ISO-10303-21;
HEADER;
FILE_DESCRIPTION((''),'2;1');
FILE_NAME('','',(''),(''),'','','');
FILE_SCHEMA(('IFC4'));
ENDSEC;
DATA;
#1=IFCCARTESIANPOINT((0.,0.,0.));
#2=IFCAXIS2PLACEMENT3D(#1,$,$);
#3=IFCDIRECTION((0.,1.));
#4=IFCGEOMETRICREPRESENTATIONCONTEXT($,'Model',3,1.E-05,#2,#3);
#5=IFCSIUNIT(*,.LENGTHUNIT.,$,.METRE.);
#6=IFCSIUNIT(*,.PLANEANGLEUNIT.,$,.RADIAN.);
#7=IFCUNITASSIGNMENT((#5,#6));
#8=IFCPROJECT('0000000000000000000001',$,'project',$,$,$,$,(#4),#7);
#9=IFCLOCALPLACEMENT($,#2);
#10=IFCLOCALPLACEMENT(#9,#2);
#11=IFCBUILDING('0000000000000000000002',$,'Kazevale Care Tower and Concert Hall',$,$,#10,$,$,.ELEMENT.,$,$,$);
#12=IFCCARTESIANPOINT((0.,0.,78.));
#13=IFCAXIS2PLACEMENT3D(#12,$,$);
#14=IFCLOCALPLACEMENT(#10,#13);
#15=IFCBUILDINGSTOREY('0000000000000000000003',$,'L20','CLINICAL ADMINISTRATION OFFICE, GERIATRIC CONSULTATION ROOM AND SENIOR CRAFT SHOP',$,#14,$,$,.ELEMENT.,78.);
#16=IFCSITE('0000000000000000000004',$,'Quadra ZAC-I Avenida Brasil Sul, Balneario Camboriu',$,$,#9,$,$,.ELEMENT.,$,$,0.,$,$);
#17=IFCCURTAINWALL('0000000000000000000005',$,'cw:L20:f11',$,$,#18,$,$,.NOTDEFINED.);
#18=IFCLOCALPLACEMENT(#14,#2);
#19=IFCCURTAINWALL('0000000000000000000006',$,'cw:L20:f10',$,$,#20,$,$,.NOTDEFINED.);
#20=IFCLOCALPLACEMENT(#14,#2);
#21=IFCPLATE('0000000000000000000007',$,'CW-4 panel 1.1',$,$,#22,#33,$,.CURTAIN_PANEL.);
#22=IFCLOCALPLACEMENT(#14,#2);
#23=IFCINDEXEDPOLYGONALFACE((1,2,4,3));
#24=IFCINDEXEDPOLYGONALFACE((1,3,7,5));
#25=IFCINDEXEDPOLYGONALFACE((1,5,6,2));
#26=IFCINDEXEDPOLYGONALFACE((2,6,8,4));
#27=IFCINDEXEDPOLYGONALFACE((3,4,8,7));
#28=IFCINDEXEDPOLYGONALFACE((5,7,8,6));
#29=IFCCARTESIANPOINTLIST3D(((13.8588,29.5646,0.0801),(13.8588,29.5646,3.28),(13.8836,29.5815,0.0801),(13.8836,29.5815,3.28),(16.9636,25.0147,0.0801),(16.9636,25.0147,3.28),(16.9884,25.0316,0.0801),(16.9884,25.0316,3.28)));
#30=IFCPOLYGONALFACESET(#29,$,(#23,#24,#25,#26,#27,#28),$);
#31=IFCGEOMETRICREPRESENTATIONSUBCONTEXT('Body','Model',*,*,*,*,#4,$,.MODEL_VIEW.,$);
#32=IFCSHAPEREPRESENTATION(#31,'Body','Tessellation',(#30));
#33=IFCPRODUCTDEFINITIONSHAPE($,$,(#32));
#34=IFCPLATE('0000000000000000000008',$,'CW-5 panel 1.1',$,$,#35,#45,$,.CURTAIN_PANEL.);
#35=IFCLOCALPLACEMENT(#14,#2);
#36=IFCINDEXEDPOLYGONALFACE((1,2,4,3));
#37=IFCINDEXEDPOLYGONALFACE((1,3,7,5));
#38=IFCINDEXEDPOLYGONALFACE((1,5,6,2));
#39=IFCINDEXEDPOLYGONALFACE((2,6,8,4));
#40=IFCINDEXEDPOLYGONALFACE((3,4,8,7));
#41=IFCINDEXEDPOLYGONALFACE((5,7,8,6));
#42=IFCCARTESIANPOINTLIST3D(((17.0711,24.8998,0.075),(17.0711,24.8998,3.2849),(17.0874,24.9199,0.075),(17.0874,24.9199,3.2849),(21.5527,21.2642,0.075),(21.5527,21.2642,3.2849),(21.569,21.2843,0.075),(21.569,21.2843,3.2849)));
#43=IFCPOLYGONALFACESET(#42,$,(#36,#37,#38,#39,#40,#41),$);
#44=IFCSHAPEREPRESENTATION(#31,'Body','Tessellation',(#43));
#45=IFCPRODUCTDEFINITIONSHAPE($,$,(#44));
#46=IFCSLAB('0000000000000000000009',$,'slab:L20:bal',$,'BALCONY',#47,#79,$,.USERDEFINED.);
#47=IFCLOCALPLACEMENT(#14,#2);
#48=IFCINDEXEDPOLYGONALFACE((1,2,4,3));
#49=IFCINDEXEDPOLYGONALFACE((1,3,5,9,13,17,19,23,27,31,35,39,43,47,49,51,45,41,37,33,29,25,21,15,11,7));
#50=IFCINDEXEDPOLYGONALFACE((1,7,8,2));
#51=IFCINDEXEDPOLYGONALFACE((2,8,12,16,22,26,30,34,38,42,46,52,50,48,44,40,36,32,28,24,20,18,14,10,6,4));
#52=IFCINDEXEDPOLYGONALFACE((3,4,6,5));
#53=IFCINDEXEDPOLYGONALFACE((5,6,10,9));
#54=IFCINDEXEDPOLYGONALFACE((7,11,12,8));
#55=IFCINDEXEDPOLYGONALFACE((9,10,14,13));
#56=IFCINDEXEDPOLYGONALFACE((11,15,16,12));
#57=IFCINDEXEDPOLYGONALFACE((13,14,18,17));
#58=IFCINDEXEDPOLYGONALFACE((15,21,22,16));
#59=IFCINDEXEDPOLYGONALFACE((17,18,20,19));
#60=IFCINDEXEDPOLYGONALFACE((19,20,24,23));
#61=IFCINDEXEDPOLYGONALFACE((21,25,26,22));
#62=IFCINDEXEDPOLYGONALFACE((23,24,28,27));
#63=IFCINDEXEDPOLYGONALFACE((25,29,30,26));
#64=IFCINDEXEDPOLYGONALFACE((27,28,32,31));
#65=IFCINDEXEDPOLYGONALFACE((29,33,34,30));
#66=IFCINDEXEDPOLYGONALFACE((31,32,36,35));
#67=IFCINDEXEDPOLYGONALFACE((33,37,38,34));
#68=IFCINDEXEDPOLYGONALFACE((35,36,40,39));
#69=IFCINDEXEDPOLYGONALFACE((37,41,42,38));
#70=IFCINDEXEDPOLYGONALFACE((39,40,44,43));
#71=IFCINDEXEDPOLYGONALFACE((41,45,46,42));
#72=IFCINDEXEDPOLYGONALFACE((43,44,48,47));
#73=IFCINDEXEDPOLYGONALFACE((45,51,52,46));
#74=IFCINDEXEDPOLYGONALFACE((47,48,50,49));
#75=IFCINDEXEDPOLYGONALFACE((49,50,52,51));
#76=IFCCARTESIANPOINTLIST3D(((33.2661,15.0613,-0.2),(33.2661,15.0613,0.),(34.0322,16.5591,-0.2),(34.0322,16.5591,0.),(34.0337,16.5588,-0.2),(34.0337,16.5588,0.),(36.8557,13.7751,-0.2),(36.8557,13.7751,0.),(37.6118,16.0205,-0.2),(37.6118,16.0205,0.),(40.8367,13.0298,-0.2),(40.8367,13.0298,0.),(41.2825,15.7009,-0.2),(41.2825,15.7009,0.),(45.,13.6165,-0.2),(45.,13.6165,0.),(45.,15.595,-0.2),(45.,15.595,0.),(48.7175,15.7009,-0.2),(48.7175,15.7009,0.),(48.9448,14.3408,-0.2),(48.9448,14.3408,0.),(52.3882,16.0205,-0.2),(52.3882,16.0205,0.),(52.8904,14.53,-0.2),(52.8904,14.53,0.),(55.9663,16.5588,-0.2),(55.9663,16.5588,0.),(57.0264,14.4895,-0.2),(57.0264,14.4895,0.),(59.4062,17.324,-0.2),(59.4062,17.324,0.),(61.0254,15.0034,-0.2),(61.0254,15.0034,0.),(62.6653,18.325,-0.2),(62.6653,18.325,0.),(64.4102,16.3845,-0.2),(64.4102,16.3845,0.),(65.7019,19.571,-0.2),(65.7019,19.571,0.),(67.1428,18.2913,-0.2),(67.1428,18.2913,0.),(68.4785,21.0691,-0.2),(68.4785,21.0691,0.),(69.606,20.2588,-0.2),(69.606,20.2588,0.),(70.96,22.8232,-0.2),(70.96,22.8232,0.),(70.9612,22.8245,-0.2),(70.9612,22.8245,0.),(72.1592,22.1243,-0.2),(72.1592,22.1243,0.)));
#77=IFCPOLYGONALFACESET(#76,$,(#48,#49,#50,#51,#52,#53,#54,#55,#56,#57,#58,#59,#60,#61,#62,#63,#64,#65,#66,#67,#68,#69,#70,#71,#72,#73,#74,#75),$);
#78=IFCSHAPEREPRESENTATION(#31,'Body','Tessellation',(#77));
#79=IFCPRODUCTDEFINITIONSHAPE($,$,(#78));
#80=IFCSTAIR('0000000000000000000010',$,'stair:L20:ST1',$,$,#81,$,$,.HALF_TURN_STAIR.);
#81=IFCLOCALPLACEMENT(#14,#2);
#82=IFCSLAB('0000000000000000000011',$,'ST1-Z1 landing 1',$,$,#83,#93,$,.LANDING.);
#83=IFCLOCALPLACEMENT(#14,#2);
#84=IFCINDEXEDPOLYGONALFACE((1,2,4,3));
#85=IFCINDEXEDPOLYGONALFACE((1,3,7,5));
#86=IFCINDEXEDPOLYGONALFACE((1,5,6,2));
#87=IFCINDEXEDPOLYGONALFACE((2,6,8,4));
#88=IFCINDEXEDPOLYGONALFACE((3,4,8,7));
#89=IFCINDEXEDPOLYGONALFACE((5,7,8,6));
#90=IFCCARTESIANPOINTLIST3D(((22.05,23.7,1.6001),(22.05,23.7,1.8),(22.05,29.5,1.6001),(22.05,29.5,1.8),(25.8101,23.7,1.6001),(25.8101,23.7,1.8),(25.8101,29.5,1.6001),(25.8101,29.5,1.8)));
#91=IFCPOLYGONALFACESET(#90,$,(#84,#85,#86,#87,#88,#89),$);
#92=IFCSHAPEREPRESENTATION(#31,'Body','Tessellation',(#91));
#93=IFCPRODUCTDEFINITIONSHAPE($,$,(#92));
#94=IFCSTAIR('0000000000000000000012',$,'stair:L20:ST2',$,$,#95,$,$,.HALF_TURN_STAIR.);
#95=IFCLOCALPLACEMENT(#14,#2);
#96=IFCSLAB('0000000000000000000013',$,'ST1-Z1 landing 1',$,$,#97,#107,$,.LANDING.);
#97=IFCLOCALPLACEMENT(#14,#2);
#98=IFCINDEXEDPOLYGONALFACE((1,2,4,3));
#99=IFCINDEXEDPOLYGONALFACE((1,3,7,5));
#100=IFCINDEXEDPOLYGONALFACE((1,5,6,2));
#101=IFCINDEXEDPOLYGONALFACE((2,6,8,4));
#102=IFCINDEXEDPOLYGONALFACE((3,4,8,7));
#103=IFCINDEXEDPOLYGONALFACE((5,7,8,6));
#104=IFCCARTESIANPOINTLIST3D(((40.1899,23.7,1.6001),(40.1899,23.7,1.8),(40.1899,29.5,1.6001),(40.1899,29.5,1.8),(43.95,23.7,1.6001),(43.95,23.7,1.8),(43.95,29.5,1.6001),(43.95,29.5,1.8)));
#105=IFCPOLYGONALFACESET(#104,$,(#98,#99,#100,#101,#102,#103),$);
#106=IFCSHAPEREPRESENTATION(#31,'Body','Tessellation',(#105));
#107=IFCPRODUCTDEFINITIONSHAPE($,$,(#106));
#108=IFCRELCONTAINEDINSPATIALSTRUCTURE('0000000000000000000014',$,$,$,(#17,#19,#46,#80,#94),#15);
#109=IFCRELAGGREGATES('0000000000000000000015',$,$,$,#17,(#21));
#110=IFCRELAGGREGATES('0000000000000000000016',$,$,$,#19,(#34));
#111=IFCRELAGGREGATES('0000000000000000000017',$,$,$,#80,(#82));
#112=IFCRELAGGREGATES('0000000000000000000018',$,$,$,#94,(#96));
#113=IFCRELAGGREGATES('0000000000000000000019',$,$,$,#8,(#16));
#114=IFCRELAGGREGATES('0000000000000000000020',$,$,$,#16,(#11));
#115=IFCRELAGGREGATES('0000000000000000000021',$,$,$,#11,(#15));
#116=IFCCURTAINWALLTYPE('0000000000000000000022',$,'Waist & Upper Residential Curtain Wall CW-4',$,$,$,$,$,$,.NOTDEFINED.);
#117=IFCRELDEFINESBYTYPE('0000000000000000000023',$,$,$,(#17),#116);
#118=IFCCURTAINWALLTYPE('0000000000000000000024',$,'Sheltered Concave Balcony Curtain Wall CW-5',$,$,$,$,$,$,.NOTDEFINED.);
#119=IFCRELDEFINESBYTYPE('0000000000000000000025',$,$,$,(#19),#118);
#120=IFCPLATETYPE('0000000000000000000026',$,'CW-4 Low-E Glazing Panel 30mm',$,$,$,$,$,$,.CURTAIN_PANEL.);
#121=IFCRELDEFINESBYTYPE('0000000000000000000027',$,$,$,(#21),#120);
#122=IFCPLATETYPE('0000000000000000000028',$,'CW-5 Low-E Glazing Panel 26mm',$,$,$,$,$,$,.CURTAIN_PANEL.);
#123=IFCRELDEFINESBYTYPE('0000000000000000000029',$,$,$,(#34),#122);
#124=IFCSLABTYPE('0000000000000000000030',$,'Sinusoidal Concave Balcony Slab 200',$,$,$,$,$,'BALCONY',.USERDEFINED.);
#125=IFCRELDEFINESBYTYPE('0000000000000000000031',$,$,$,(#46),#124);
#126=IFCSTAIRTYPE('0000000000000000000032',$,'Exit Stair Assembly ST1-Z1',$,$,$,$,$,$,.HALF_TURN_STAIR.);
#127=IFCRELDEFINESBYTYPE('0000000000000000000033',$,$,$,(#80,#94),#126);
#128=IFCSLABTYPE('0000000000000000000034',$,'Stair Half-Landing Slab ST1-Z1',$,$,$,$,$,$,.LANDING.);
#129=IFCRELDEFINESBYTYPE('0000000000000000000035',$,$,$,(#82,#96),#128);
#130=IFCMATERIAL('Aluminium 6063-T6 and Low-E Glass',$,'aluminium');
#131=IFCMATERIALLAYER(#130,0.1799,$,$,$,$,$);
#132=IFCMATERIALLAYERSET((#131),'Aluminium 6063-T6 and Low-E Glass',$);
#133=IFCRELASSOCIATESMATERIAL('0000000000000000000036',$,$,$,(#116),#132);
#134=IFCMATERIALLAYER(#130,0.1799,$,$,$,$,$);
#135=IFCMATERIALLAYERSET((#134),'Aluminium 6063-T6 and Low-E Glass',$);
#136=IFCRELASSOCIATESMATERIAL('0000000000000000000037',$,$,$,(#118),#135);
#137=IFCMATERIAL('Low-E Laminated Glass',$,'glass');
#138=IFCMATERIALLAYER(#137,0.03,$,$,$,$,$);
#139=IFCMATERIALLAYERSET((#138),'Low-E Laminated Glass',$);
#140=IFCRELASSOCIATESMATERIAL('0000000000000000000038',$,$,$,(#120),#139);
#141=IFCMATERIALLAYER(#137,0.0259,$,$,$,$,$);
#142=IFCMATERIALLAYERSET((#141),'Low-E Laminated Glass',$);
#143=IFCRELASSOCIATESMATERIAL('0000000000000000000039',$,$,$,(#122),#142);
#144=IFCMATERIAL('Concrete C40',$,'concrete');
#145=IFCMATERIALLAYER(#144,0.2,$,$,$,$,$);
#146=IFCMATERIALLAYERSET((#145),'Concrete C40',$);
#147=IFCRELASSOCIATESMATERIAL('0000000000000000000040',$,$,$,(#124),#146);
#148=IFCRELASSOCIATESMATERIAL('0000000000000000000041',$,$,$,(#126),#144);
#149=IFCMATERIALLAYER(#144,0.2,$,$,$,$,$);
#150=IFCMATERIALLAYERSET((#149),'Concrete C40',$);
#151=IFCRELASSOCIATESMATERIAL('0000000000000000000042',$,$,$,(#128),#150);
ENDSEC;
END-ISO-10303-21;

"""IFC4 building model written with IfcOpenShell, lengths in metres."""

from ifc_helpers import new_model, si_unit, direction, frame, origin, origin_2d, place, context, subcontext, project, spatial, polyline, rectangle, outline, extrude, material, layer, layer_set, type_object, element, aggregate, save


model = new_model("IFC4")

# Units and contexts
model_context = context("Model", 3, precision=1e-05, world=origin(), true_north=direction((0.0, 1.0)))
body_context = subcontext(model_context, "Body", "Model", "MODEL_VIEW")
ifc_project = project(units=[si_unit("LENGTHUNIT", "METRE"), si_unit("PLANEANGLEUNIT", "RADIAN")], contexts=[model_context])

# Site, building, storey
site_placement = place(None, origin())
site = spatial("IfcSite", under=ifc_project, at=site_placement, Name="Quadra ZAC-I Avenida Brasil Sul, Balneario Camboriu", CompositionType="ELEMENT", RefElevation=0.0)
building_placement = place(site_placement, origin())
building = spatial("IfcBuilding", under=site, at=building_placement, Name="Kazevale Care Tower and Concert Hall", CompositionType="ELEMENT")
storey_placement = place(building_placement, frame((0.0, 0.0, 78.0)))
storey = spatial("IfcBuildingStorey", under=building, at=storey_placement, Name="L20", Description="CLINICAL ADMINISTRATION OFFICE, GERIATRIC CONSULTATION ROOM AND SENIOR CRAFT SHOP", CompositionType="ELEMENT", Elevation=78.0)

# Curtain wall
ifc_material_1 = material(Name="Aluminium 6063-T6 and Low-E Glass", Category="aluminium")
ifc_layer_1 = layer(ifc_material_1, 0.1799)
ifc_layer_set_1 = layer_set([ifc_layer_1], Name="Aluminium 6063-T6 and Low-E Glass")
curtain_wall_type_1 = type_object("IfcCurtainWallType", Name="Waist & Upper Residential Curtain Wall CW-4", PredefinedType="NOTDEFINED", material=ifc_layer_set_1)
curtain_wall_1_placement = place(storey_placement, origin())
curtain_wall_1 = element("IfcCurtainWall", 1, at=curtain_wall_1_placement, inside=storey, type_object=curtain_wall_type_1, Name="cw:L20:f11", PredefinedType="NOTDEFINED")

# Shared definitions
ifc_layer_2 = layer(ifc_material_1, 0.1799)
ifc_layer_set_2 = layer_set([ifc_layer_2], Name="Aluminium 6063-T6 and Low-E Glass")
curtain_wall_type_2 = type_object("IfcCurtainWallType", Name="Sheltered Concave Balcony Curtain Wall CW-5", PredefinedType="NOTDEFINED", material=ifc_layer_set_2)

# Curtain wall
curtain_wall_2_placement = place(storey_placement, origin())
curtain_wall_2 = element("IfcCurtainWall", 2, at=curtain_wall_2_placement, inside=storey, type_object=curtain_wall_type_2, Name="cw:L20:f10", PredefinedType="NOTDEFINED")

# Plates
ifc_material_2 = material(Name="Low-E Laminated Glass", Category="glass")
ifc_layer_3 = layer(ifc_material_2, 0.03)
ifc_layer_set_3 = layer_set([ifc_layer_3], Name="Low-E Laminated Glass")
plate_type_1 = type_object("IfcPlateType", Name="CW-4 Low-E Glazing Panel 30mm", PredefinedType="CURTAIN_PANEL", material=ifc_layer_set_3)
plate_1_placement = place(storey_placement, frame((15.4236, 27.2981, 0.0801), z_axis=(0.0, 0.0, 1.0), x_axis=(-0.563665, 0.826003, 0.0)))
plate_1 = element("IfcPlate", 3, at=plate_1_placement, type_object=plate_type_1, Name="CW-4 panel 1.1", PredefinedType="CURTAIN_PANEL", context=body_context, shape_type="SweptSolid", body=[
    extrude(rectangle(XDim=5.5083, YDim=0.03, at=origin_2d()), origin(), (0.0, 0.0, 1.0), 3.2),
])
aggregate(curtain_wall_1, [plate_1])
ifc_layer_4 = layer(ifc_material_2, 0.0259)
ifc_layer_set_4 = layer_set([ifc_layer_4], Name="Low-E Laminated Glass")
plate_type_2 = type_object("IfcPlateType", Name="CW-5 Low-E Glazing Panel 26mm", PredefinedType="CURTAIN_PANEL", material=ifc_layer_set_4)
plate_2_placement = place(storey_placement, frame((19.3201, 23.092, 0.075), z_axis=(0.0, 0.0, 1.0), x_axis=(-0.776599, 0.629995, 0.0)))
plate_2 = element("IfcPlate", 4, at=plate_2_placement, type_object=plate_type_2, Name="CW-5 panel 1.1", PredefinedType="CURTAIN_PANEL", context=body_context, shape_type="SweptSolid", body=[
    extrude(rectangle(XDim=5.7708, YDim=0.0259, at=origin_2d()), origin(), (0.0, 0.0, 1.0), 3.21),
])
aggregate(curtain_wall_2, [plate_2])

# Slab
ifc_material_3 = material(Name="Concrete C40", Category="concrete")
ifc_layer_5 = layer(ifc_material_3, 0.2)
ifc_layer_set_5 = layer_set([ifc_layer_5], Name="Concrete C40")
slab_type_1 = type_object("IfcSlabType", Name="Sinusoidal Concave Balcony Slab 200", ElementType="BALCONY", PredefinedType="USERDEFINED", material=ifc_layer_set_5)
slab_1_placement = place(storey_placement, frame((0.0, 0.0, -0.2)))
element("IfcSlab", 5, at=slab_1_placement, inside=storey, type_object=slab_type_1, Name="slab:L20:bal", ObjectType="BALCONY", PredefinedType="USERDEFINED", context=body_context, shape_type="SweptSolid", body=[
    extrude(outline(polyline([(72.1592, 22.1243), (69.606, 20.2588), (67.1428, 18.2913), (64.4102, 16.3845), (61.0254, 15.0034), (57.0264, 14.4895), (52.8904, 14.53), (48.9448, 14.3408), (45.0, 13.6165), (40.8367, 13.0298), (36.8557, 13.7751), (33.2661, 15.0613), (34.0322, 16.5591), (34.0337, 16.5588), (37.6118, 16.0205), (41.2825, 15.7009), (45.0, 15.595), (48.7175, 15.7009), (52.3882, 16.0205), (55.9663, 16.5588), (59.4062, 17.324), (62.6653, 18.325), (65.7019, 19.571), (68.4785, 21.0691), (70.96, 22.8232), (70.9612, 22.8245), (72.1592, 22.1243)])), origin(), (0.0, 0.0, 1.0), 0.2),
])

# Stairs, slabs
stair_type = type_object("IfcStairType", Name="Exit Stair Assembly ST1-Z1", PredefinedType="HALF_TURN_STAIR", material=ifc_material_3)
stair_1_placement = place(storey_placement, origin())
stair_1 = element("IfcStair", 6, at=stair_1_placement, inside=storey, type_object=stair_type, Name="stair:L20:ST1", PredefinedType="HALF_TURN_STAIR")
ifc_layer_6 = layer(ifc_material_3, 0.2)
ifc_layer_set_6 = layer_set([ifc_layer_6], Name="Concrete C40")
slab_type_2 = type_object("IfcSlabType", Name="Stair Half-Landing Slab ST1-Z1", PredefinedType="LANDING", material=ifc_layer_set_6)
slab_2_placement = place(storey_placement, frame((0.0, 0.0, 1.6001)))
slab_2 = element("IfcSlab", 7, at=slab_2_placement, type_object=slab_type_2, Name="ST1-Z1 landing 1", PredefinedType="LANDING", context=body_context, shape_type="SweptSolid", body=[
    extrude(outline(polyline([(22.05, 23.7), (25.8101, 23.7), (25.8101, 29.5), (22.05, 29.5), (22.05, 23.7)])), origin(), (0.0, 0.0, 1.0), 0.2),
])
aggregate(stair_1, [slab_2])
stair_2_placement = place(storey_placement, origin())
stair_2 = element("IfcStair", 8, at=stair_2_placement, inside=storey, type_object=stair_type, Name="stair:L20:ST2", PredefinedType="HALF_TURN_STAIR")
slab_3_placement = place(storey_placement, frame((0.0, 0.0, 1.6001)))
slab_3 = element("IfcSlab", 9, at=slab_3_placement, type_object=slab_type_2, Name="ST1-Z1 landing 1", PredefinedType="LANDING", context=body_context, shape_type="SweptSolid", body=[
    extrude(outline(polyline([(40.1899, 23.7), (43.95, 23.7), (43.95, 29.5), (40.1899, 29.5), (40.1899, 23.7)])), origin(), (0.0, 0.0, 1.0), 0.2),
])
aggregate(stair_2, [slab_3])

save(model, "model.ifc")
